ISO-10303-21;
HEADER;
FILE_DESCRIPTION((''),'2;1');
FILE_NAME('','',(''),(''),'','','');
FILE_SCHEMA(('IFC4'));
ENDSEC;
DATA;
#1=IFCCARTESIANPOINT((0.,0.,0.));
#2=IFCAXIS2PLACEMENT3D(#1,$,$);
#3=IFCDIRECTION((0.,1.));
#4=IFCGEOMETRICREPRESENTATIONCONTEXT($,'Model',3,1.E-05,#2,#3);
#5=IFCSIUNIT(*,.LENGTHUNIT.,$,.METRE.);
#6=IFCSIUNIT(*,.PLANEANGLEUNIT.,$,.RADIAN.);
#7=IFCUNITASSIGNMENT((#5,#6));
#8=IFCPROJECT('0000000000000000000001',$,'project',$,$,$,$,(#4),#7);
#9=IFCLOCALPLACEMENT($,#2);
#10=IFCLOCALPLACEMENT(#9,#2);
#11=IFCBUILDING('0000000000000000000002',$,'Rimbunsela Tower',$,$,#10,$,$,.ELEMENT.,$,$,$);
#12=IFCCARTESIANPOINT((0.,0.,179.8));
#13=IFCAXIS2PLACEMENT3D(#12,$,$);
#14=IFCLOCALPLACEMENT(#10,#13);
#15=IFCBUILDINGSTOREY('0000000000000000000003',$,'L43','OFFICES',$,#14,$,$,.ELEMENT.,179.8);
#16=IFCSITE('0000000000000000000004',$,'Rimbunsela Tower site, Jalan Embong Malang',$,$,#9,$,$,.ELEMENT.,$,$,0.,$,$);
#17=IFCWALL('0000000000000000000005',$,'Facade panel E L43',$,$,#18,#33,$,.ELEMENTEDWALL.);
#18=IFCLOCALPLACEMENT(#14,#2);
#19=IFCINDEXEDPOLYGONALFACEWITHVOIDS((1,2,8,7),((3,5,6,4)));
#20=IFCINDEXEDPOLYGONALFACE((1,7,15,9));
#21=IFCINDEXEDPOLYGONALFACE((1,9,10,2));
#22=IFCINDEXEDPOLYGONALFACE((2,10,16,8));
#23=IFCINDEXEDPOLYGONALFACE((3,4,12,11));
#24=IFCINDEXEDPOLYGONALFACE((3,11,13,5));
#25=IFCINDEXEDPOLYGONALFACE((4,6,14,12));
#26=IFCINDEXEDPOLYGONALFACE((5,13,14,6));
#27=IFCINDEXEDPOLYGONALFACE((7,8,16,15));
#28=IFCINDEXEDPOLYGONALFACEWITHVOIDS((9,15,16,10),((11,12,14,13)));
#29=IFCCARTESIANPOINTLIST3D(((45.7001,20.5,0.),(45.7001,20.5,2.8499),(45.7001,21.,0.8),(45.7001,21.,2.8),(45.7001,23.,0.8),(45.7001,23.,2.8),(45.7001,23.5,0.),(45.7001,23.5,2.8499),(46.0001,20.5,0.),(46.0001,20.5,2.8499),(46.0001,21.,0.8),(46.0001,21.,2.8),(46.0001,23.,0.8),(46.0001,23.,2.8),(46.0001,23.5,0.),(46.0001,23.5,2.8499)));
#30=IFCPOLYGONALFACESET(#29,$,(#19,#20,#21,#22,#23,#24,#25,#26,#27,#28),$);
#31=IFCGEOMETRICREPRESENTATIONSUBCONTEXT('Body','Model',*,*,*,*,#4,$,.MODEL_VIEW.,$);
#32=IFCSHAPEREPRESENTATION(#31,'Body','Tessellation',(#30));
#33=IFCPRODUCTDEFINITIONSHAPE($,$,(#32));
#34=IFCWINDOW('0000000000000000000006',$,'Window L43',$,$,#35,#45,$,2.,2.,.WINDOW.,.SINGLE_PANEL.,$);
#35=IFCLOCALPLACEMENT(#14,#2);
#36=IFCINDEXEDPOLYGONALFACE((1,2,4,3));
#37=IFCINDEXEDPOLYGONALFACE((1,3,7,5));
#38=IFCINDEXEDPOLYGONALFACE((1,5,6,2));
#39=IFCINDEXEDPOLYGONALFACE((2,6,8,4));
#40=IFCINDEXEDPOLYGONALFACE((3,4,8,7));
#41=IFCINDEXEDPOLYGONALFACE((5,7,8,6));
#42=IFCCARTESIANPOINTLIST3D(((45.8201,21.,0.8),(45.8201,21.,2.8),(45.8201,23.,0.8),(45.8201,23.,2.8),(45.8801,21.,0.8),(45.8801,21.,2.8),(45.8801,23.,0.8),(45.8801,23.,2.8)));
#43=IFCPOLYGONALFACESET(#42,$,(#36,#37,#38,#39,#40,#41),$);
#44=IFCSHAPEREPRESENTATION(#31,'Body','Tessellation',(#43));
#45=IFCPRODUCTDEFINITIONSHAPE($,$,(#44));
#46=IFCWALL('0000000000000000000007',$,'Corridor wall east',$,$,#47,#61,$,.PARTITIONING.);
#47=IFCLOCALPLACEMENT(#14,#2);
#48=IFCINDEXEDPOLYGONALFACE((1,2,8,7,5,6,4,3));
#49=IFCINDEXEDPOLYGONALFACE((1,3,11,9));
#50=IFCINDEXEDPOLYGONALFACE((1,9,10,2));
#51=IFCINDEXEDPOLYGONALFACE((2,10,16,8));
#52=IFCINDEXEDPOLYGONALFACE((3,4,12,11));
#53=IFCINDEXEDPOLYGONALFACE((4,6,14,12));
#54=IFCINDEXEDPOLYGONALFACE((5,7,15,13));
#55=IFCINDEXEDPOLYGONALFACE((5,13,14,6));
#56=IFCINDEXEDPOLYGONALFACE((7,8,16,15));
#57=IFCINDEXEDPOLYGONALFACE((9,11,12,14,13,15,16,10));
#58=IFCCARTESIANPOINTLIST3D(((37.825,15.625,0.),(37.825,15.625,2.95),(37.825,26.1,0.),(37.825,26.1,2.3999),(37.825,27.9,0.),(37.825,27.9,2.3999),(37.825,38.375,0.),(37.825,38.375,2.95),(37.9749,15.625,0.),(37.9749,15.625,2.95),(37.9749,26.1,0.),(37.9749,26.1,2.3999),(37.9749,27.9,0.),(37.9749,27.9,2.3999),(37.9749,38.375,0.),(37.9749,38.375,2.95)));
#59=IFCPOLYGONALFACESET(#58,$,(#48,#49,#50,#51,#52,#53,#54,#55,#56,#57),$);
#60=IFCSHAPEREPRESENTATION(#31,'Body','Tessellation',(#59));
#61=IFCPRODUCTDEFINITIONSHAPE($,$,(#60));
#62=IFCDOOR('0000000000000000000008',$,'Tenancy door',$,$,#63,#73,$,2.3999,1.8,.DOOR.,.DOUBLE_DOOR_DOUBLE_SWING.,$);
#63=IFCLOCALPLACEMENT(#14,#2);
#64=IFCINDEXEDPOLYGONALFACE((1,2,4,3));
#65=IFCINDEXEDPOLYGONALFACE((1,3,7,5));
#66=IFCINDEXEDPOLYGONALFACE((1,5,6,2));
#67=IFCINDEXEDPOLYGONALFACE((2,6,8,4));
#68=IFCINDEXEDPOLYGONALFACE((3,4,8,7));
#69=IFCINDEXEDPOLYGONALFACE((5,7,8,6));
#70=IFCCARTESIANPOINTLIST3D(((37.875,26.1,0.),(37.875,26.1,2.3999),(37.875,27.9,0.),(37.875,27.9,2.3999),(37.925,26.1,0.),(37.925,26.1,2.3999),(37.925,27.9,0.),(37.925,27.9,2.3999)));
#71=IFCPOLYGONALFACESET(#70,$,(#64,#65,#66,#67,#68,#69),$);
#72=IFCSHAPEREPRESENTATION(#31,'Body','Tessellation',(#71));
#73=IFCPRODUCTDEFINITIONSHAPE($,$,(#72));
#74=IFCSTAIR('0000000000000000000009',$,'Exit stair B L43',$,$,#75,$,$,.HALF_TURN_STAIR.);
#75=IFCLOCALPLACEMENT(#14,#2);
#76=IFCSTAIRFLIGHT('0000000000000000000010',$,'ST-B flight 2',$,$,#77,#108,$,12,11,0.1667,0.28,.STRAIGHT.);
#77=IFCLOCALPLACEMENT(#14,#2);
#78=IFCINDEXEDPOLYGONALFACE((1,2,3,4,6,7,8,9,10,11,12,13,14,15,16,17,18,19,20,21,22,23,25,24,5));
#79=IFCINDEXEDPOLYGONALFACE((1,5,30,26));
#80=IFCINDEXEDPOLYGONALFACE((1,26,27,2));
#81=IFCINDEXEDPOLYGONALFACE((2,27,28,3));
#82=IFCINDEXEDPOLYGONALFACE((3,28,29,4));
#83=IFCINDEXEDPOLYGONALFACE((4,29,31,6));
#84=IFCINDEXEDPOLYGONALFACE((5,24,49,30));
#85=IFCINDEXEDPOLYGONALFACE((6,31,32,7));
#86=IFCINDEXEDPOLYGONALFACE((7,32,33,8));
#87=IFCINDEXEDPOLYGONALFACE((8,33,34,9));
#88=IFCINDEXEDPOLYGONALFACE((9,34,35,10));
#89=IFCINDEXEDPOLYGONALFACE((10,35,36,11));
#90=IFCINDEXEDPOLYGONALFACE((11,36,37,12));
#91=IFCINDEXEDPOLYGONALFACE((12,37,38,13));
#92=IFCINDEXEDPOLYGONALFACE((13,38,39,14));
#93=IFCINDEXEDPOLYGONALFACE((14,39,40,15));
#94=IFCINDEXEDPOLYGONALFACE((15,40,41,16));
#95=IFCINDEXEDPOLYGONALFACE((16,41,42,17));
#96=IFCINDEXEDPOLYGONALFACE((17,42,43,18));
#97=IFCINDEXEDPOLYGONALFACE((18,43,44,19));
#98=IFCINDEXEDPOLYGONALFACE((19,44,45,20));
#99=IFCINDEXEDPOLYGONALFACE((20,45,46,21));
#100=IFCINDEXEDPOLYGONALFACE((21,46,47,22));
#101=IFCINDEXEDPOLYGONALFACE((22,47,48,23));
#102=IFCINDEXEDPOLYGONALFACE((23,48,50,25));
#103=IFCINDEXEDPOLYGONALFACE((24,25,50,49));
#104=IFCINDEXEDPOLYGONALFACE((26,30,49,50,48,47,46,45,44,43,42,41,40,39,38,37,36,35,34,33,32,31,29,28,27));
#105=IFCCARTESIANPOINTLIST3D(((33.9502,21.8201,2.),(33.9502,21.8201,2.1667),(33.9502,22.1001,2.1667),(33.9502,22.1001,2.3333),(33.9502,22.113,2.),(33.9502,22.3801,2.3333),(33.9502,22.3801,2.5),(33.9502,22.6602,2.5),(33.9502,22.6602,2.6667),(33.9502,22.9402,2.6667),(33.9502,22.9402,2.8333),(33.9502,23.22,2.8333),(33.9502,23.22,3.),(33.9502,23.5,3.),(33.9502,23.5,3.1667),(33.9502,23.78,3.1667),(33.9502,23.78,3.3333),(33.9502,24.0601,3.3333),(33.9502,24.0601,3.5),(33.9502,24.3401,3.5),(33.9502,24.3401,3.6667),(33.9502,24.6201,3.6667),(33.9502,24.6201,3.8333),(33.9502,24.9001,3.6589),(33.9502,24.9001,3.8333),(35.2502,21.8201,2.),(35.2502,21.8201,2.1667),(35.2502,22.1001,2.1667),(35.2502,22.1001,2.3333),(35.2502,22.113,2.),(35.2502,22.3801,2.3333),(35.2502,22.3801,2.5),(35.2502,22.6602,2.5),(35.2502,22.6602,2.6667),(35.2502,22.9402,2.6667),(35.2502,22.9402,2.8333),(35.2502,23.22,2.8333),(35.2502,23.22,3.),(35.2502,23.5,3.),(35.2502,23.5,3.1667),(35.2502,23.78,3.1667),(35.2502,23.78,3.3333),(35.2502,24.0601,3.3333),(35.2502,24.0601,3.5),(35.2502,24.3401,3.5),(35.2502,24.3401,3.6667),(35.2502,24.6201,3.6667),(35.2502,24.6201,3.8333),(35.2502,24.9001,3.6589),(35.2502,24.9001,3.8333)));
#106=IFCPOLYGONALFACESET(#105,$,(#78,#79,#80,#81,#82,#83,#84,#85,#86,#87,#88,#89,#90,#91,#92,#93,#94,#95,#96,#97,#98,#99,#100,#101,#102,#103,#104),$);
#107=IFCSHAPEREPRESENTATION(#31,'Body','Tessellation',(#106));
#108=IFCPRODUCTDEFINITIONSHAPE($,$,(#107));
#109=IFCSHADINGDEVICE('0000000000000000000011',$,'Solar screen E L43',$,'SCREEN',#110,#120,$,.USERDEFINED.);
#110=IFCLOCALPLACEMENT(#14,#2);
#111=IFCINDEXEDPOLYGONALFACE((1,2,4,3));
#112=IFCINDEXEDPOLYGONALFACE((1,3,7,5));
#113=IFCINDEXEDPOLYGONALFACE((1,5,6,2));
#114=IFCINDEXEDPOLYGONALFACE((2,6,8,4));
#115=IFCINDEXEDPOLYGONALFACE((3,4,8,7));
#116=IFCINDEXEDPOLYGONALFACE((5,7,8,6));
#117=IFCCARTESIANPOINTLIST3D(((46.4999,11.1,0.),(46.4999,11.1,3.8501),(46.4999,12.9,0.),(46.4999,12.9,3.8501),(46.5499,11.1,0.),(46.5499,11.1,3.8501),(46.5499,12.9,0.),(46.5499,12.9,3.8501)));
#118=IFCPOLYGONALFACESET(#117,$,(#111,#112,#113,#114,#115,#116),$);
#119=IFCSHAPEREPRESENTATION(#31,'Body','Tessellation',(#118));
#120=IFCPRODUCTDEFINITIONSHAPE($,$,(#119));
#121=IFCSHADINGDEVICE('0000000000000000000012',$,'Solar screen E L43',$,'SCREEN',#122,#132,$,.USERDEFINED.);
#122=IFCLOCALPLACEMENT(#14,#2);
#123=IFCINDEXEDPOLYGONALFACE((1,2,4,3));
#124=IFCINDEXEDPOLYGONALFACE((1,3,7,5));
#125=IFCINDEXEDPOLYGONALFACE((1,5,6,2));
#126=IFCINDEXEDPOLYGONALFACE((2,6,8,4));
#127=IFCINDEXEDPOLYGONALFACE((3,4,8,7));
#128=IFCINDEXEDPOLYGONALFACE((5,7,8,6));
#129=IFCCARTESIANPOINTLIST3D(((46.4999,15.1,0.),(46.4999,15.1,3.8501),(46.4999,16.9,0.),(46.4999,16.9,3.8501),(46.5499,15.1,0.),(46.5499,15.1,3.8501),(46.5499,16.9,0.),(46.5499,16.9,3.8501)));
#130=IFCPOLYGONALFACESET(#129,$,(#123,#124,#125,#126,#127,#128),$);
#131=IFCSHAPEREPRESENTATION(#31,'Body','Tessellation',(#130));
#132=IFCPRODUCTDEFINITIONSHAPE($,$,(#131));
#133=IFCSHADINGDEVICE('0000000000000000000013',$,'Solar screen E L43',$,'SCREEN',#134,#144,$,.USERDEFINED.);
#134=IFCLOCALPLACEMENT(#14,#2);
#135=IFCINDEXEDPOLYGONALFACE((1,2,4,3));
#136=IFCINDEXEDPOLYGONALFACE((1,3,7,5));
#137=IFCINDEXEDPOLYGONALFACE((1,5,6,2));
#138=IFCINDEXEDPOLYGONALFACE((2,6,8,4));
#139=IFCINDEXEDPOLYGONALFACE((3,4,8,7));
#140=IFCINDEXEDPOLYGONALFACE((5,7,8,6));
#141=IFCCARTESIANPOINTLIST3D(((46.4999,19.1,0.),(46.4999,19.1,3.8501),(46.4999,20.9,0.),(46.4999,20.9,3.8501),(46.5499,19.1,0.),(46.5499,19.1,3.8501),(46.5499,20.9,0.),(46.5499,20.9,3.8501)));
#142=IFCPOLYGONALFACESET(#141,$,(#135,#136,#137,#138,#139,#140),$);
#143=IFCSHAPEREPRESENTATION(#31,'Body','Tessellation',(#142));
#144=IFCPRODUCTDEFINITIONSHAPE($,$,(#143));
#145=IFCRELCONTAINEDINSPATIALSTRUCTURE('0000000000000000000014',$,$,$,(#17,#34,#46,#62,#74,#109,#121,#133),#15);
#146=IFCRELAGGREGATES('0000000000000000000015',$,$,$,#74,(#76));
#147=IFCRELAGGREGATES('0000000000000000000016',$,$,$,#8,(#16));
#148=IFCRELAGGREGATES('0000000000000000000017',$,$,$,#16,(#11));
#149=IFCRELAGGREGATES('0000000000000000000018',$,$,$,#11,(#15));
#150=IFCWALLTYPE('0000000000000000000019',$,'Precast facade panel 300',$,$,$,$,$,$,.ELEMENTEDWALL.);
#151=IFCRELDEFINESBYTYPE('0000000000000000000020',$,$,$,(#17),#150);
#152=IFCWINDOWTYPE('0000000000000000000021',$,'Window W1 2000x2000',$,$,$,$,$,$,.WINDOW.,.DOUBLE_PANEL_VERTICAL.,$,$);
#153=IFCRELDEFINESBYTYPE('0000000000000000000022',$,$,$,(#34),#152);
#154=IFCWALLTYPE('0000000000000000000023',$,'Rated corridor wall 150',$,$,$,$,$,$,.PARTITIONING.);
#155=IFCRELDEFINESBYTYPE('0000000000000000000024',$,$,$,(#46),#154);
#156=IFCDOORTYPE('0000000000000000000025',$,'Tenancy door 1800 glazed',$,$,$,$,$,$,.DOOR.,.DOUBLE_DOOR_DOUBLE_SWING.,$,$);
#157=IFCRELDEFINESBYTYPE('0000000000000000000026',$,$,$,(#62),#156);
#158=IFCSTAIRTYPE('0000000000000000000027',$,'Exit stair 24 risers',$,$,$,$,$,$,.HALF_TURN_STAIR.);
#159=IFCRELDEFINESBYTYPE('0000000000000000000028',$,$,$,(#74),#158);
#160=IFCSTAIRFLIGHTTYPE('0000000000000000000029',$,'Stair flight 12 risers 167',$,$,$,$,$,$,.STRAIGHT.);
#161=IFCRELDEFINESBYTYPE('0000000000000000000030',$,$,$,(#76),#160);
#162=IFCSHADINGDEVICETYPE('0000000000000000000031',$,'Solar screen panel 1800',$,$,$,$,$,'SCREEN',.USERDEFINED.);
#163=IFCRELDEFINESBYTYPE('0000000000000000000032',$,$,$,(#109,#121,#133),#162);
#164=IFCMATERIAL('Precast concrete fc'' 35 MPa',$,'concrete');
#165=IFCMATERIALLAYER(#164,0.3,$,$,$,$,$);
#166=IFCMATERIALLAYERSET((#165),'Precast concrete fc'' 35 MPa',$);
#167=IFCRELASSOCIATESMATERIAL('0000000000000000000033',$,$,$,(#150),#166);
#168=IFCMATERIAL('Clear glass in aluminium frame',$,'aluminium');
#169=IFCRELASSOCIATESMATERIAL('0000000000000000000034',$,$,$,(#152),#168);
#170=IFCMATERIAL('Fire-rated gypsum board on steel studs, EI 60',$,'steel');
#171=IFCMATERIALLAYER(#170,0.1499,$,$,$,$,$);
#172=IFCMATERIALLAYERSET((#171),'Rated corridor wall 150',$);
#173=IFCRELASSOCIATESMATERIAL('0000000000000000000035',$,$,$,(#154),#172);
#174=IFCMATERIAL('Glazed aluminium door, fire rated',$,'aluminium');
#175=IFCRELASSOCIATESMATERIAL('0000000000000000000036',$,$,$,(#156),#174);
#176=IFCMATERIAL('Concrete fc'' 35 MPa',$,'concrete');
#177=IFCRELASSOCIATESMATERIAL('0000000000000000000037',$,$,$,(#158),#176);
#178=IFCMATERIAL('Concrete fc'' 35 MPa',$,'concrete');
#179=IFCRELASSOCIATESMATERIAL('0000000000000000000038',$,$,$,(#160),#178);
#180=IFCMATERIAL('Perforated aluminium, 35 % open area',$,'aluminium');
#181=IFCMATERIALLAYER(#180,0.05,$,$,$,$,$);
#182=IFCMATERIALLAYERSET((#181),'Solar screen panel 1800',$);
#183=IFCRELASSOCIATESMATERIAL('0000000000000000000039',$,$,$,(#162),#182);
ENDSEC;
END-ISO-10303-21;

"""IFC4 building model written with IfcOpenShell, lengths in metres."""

from ifc_helpers import new_model, si_unit, direction, frame, frame_2d, origin, origin_2d, place, context, subcontext, project, spatial, polyline, rectangle, outline, extrude, material, layer, layer_set, type_object, element, fill, aggregate, save


model = new_model("IFC4")

# Units and contexts
model_context = context("Model", 3, precision=1e-05, world=origin(), true_north=direction((0.0, 1.0)))
body_context = subcontext(model_context, "Body", "Model", "MODEL_VIEW")
ifc_project = project(units=[si_unit("LENGTHUNIT", "METRE"), si_unit("PLANEANGLEUNIT", "RADIAN")], contexts=[model_context])

# Site, building, storey
site_placement = place(None, origin())
site = spatial("IfcSite", under=ifc_project, at=site_placement, Name="Rimbunsela Tower site, Jalan Embong Malang", CompositionType="ELEMENT", RefElevation=0.0)
building_placement = place(site_placement, origin())
building = spatial("IfcBuilding", under=site, at=building_placement, Name="Rimbunsela Tower", CompositionType="ELEMENT")
storey_placement = place(building_placement, frame((0.0, 0.0, 179.8)))
storey = spatial("IfcBuildingStorey", under=building, at=storey_placement, Name="L43", Description="OFFICES", CompositionType="ELEMENT", Elevation=179.8)

# Shared definitions
ifc_material_1 = material(Name="Precast concrete fc' 35 MPa", Category="concrete")
ifc_layer_1 = layer(ifc_material_1, 0.3)
ifc_layer_set_1 = layer_set([ifc_layer_1], Name="Precast concrete fc' 35 MPa")
wall_type_1 = type_object("IfcWallType", Name="Precast facade panel 300", PredefinedType="ELEMENTEDWALL", material=ifc_layer_set_1)

# Wall, opening, window
ifc_material_2 = material(Name="Clear glass in aluminium frame", Category="aluminium")
window_type = type_object("IfcWindowType", Name="Window W1 2000x2000", PartitioningType="DOUBLE_PANEL_VERTICAL", PredefinedType="WINDOW", material=ifc_material_2)
wall_1_placement = place(storey_placement, frame((45.8501, 20.5, 0.0), z_axis=(0.0, 0.0, 1.0), x_axis=(0.0, 1.0, 0.0)))
wall_1 = element("IfcWall", 1, at=wall_1_placement, inside=storey, type_object=wall_type_1, Name="Facade panel E L43", PredefinedType="ELEMENTEDWALL", context=body_context, shape_type="SweptSolid", body=[
    extrude(rectangle(XDim=3.0, YDim=0.3, at=frame_2d((1.5, 0.0))), origin(), (0.0, 0.0, 1.0), 2.8499),
])
opening_1_placement = place(wall_1_placement, frame((0.5, 0.0, 0.8)))
opening_1 = element("IfcOpeningElement", 2, at=opening_1_placement, cuts=wall_1, PredefinedType="OPENING", context=body_context, shape_type="SweptSolid", body=[
    extrude(rectangle(XDim=2.0, YDim=2.0, at=frame_2d((1.0, 1.0))), frame((0.0, 0.1599, 0.0), z_axis=(0.0, -1.0, 0.0), x_axis=(1.0, 0.0, 0.0)), (0.0, 0.0, 1.0), 0.3201),
])
window_1_placement = place(opening_1_placement, origin())
window_1 = element("IfcWindow", 3, at=window_1_placement, inside=storey, type_object=window_type, Name="Window L43", OverallHeight=2.0, OverallWidth=2.0, PartitioningType="SINGLE_PANEL", PredefinedType="WINDOW", context=body_context, shape_type="SweptSolid", body=[
    extrude(rectangle(XDim=2.0, YDim=2.0, at=frame_2d((1.0, 1.0))), frame((0.0, 0.03, 0.0), z_axis=(0.0, -1.0, 0.0), x_axis=(1.0, 0.0, 0.0)), (0.0, 0.0, 1.0), 0.0601),
])
fill(opening_1, window_1)

# Wall, opening, door
ifc_material_3 = material(Name="Fire-rated gypsum board on steel studs, EI 60", Category="steel")
ifc_layer_2 = layer(ifc_material_3, 0.1499)
ifc_layer_set_2 = layer_set([ifc_layer_2], Name="Rated corridor wall 150")
wall_type_2 = type_object("IfcWallType", Name="Rated corridor wall 150", PredefinedType="PARTITIONING", material=ifc_layer_set_2)
wall_2_placement = place(storey_placement, frame((37.8999, 15.625, 0.0), z_axis=(0.0, 0.0, 1.0), x_axis=(0.0, 1.0, 0.0)))
wall_2 = element("IfcWall", 4, at=wall_2_placement, inside=storey, type_object=wall_type_2, Name="Corridor wall east", PredefinedType="PARTITIONING", context=body_context, shape_type="SweptSolid", body=[
    extrude(rectangle(XDim=22.75, YDim=0.1499, at=frame_2d((11.375, 0.0))), origin(), (0.0, 0.0, 1.0), 2.95),
])
opening_2_placement = place(wall_2_placement, frame((10.4751, 0.0, 0.0)))
opening_2 = element("IfcOpeningElement", 5, at=opening_2_placement, cuts=wall_2, PredefinedType="OPENING", context=body_context, shape_type="SweptSolid", body=[
    extrude(rectangle(XDim=1.8, YDim=2.3999, at=frame_2d((0.8999, 1.2))), frame((0.0, 0.085, 0.0), z_axis=(0.0, -1.0, 0.0), x_axis=(1.0, 0.0, 0.0)), (0.0, 0.0, 1.0), 0.1699),
])
ifc_material_4 = material(Name="Glazed aluminium door, fire rated", Category="aluminium")
door_type_1 = type_object("IfcDoorType", Name="Tenancy door 1800 glazed", OperationType="DOUBLE_DOOR_DOUBLE_SWING", PredefinedType="DOOR", material=ifc_material_4)
door_1_placement = place(opening_2_placement, origin())
door_1 = element("IfcDoor", 6, at=door_1_placement, inside=storey, type_object=door_type_1, Name="Tenancy door", OperationType="DOUBLE_DOOR_DOUBLE_SWING", OverallHeight=2.3999, OverallWidth=1.8, PredefinedType="DOOR", context=body_context, shape_type="SweptSolid", body=[
    extrude(rectangle(XDim=1.8, YDim=2.3999, at=frame_2d((0.8999, 1.2))), frame((0.0, 0.0249, 0.0), z_axis=(0.0, -1.0, 0.0), x_axis=(1.0, 0.0, 0.0)), (0.0, 0.0, 1.0), 0.05),
])
fill(opening_2, door_1)

# Stair, stair flight
ifc_material_5 = material(Name="Concrete fc' 35 MPa", Category="concrete")
stair_type = type_object("IfcStairType", Name="Exit stair 24 risers", PredefinedType="HALF_TURN_STAIR", material=ifc_material_5)
stair_placement = place(storey_placement, origin())
stair = element("IfcStair", 7, at=stair_placement, inside=storey, type_object=stair_type, Name="Exit stair B L43", PredefinedType="HALF_TURN_STAIR")
ifc_material_6 = material(Name="Concrete fc' 35 MPa", Category="concrete")
stair_flight_type = type_object("IfcStairFlightType", Name="Stair flight 12 risers 167", PredefinedType="STRAIGHT", material=ifc_material_6)
stair_flight_placement = place(storey_placement, frame((34.6001, 21.8201, 2.0), z_axis=(0.0, 0.0, 1.0), x_axis=(0.0, 1.0, 0.0)))
stair_flight = element("IfcStairFlight", 8, at=stair_flight_placement, type_object=stair_flight_type, Name="ST-B flight 2", NumberOfRisers=12, NumberOfTreads=11, PredefinedType="STRAIGHT", RiserHeight=0.1667, TreadLength=0.28, context=body_context, shape_type="SweptSolid", body=[
    extrude(outline(polyline([(0.0, 0.0), (0.0, 0.1667), (0.28, 0.1667), (0.28, 0.3333), (0.5601, 0.3333), (0.5601, 0.5), (0.8401, 0.5), (0.8401, 0.6667), (1.1201, 0.6667), (1.1201, 0.8333), (1.3999, 0.8333), (1.3999, 1.0), (1.6799, 1.0), (1.6799, 1.1667), (1.96, 1.1667), (1.96, 1.3333), (2.24, 1.3333), (2.24, 1.5), (2.52, 1.5), (2.52, 1.6667), (2.8, 1.6667), (2.8, 1.8333), (3.0801, 1.8333), (3.0801, 2.0), (3.0801, 1.6589), (0.293, 0.0), (0.0, 0.0)])), frame((0.0, 0.6499, 0.0), z_axis=(0.0, -1.0, 0.0), x_axis=(1.0, 0.0, 0.0)), (0.0, 0.0, 1.0), 1.3),
])
aggregate(stair, [stair_flight])

# Shading devices
ifc_material_7 = material(Name="Perforated aluminium, 35 % open area", Category="aluminium")
ifc_layer_3 = layer(ifc_material_7, 0.05)
ifc_layer_set_3 = layer_set([ifc_layer_3], Name="Solar screen panel 1800")
shading_device_type = type_object("IfcShadingDeviceType", Name="Solar screen panel 1800", ElementType="SCREEN", PredefinedType="USERDEFINED", material=ifc_layer_set_3)
for number, where, z_axis, x_axis, name in (
    (9, (46.5249, 12.0, 0.0), (0.0, 0.0, 1.0), (0.0, 1.0, 0.0), "Solar screen E L43"),
    (10, (46.5249, 16.0, 0.0), (0.0, 0.0, 1.0), (0.0, 1.0, 0.0), "Solar screen E L43"),
    (11, (46.5249, 20.0, 0.0), (0.0, 0.0, 1.0), (0.0, 1.0, 0.0), "Solar screen E L43"),
):
    element("IfcShadingDevice", number, at=place(storey_placement, frame(where, z_axis=z_axis, x_axis=x_axis)), inside=storey, type_object=shading_device_type, Name=name, ObjectType="SCREEN", PredefinedType="USERDEFINED", context=body_context, shape_type="SweptSolid", body=[
        extrude(rectangle(XDim=1.8, YDim=0.05, at=origin_2d()), origin(), (0.0, 0.0, 1.0), 3.8501),
    ])

save(model, "model.ifc")
